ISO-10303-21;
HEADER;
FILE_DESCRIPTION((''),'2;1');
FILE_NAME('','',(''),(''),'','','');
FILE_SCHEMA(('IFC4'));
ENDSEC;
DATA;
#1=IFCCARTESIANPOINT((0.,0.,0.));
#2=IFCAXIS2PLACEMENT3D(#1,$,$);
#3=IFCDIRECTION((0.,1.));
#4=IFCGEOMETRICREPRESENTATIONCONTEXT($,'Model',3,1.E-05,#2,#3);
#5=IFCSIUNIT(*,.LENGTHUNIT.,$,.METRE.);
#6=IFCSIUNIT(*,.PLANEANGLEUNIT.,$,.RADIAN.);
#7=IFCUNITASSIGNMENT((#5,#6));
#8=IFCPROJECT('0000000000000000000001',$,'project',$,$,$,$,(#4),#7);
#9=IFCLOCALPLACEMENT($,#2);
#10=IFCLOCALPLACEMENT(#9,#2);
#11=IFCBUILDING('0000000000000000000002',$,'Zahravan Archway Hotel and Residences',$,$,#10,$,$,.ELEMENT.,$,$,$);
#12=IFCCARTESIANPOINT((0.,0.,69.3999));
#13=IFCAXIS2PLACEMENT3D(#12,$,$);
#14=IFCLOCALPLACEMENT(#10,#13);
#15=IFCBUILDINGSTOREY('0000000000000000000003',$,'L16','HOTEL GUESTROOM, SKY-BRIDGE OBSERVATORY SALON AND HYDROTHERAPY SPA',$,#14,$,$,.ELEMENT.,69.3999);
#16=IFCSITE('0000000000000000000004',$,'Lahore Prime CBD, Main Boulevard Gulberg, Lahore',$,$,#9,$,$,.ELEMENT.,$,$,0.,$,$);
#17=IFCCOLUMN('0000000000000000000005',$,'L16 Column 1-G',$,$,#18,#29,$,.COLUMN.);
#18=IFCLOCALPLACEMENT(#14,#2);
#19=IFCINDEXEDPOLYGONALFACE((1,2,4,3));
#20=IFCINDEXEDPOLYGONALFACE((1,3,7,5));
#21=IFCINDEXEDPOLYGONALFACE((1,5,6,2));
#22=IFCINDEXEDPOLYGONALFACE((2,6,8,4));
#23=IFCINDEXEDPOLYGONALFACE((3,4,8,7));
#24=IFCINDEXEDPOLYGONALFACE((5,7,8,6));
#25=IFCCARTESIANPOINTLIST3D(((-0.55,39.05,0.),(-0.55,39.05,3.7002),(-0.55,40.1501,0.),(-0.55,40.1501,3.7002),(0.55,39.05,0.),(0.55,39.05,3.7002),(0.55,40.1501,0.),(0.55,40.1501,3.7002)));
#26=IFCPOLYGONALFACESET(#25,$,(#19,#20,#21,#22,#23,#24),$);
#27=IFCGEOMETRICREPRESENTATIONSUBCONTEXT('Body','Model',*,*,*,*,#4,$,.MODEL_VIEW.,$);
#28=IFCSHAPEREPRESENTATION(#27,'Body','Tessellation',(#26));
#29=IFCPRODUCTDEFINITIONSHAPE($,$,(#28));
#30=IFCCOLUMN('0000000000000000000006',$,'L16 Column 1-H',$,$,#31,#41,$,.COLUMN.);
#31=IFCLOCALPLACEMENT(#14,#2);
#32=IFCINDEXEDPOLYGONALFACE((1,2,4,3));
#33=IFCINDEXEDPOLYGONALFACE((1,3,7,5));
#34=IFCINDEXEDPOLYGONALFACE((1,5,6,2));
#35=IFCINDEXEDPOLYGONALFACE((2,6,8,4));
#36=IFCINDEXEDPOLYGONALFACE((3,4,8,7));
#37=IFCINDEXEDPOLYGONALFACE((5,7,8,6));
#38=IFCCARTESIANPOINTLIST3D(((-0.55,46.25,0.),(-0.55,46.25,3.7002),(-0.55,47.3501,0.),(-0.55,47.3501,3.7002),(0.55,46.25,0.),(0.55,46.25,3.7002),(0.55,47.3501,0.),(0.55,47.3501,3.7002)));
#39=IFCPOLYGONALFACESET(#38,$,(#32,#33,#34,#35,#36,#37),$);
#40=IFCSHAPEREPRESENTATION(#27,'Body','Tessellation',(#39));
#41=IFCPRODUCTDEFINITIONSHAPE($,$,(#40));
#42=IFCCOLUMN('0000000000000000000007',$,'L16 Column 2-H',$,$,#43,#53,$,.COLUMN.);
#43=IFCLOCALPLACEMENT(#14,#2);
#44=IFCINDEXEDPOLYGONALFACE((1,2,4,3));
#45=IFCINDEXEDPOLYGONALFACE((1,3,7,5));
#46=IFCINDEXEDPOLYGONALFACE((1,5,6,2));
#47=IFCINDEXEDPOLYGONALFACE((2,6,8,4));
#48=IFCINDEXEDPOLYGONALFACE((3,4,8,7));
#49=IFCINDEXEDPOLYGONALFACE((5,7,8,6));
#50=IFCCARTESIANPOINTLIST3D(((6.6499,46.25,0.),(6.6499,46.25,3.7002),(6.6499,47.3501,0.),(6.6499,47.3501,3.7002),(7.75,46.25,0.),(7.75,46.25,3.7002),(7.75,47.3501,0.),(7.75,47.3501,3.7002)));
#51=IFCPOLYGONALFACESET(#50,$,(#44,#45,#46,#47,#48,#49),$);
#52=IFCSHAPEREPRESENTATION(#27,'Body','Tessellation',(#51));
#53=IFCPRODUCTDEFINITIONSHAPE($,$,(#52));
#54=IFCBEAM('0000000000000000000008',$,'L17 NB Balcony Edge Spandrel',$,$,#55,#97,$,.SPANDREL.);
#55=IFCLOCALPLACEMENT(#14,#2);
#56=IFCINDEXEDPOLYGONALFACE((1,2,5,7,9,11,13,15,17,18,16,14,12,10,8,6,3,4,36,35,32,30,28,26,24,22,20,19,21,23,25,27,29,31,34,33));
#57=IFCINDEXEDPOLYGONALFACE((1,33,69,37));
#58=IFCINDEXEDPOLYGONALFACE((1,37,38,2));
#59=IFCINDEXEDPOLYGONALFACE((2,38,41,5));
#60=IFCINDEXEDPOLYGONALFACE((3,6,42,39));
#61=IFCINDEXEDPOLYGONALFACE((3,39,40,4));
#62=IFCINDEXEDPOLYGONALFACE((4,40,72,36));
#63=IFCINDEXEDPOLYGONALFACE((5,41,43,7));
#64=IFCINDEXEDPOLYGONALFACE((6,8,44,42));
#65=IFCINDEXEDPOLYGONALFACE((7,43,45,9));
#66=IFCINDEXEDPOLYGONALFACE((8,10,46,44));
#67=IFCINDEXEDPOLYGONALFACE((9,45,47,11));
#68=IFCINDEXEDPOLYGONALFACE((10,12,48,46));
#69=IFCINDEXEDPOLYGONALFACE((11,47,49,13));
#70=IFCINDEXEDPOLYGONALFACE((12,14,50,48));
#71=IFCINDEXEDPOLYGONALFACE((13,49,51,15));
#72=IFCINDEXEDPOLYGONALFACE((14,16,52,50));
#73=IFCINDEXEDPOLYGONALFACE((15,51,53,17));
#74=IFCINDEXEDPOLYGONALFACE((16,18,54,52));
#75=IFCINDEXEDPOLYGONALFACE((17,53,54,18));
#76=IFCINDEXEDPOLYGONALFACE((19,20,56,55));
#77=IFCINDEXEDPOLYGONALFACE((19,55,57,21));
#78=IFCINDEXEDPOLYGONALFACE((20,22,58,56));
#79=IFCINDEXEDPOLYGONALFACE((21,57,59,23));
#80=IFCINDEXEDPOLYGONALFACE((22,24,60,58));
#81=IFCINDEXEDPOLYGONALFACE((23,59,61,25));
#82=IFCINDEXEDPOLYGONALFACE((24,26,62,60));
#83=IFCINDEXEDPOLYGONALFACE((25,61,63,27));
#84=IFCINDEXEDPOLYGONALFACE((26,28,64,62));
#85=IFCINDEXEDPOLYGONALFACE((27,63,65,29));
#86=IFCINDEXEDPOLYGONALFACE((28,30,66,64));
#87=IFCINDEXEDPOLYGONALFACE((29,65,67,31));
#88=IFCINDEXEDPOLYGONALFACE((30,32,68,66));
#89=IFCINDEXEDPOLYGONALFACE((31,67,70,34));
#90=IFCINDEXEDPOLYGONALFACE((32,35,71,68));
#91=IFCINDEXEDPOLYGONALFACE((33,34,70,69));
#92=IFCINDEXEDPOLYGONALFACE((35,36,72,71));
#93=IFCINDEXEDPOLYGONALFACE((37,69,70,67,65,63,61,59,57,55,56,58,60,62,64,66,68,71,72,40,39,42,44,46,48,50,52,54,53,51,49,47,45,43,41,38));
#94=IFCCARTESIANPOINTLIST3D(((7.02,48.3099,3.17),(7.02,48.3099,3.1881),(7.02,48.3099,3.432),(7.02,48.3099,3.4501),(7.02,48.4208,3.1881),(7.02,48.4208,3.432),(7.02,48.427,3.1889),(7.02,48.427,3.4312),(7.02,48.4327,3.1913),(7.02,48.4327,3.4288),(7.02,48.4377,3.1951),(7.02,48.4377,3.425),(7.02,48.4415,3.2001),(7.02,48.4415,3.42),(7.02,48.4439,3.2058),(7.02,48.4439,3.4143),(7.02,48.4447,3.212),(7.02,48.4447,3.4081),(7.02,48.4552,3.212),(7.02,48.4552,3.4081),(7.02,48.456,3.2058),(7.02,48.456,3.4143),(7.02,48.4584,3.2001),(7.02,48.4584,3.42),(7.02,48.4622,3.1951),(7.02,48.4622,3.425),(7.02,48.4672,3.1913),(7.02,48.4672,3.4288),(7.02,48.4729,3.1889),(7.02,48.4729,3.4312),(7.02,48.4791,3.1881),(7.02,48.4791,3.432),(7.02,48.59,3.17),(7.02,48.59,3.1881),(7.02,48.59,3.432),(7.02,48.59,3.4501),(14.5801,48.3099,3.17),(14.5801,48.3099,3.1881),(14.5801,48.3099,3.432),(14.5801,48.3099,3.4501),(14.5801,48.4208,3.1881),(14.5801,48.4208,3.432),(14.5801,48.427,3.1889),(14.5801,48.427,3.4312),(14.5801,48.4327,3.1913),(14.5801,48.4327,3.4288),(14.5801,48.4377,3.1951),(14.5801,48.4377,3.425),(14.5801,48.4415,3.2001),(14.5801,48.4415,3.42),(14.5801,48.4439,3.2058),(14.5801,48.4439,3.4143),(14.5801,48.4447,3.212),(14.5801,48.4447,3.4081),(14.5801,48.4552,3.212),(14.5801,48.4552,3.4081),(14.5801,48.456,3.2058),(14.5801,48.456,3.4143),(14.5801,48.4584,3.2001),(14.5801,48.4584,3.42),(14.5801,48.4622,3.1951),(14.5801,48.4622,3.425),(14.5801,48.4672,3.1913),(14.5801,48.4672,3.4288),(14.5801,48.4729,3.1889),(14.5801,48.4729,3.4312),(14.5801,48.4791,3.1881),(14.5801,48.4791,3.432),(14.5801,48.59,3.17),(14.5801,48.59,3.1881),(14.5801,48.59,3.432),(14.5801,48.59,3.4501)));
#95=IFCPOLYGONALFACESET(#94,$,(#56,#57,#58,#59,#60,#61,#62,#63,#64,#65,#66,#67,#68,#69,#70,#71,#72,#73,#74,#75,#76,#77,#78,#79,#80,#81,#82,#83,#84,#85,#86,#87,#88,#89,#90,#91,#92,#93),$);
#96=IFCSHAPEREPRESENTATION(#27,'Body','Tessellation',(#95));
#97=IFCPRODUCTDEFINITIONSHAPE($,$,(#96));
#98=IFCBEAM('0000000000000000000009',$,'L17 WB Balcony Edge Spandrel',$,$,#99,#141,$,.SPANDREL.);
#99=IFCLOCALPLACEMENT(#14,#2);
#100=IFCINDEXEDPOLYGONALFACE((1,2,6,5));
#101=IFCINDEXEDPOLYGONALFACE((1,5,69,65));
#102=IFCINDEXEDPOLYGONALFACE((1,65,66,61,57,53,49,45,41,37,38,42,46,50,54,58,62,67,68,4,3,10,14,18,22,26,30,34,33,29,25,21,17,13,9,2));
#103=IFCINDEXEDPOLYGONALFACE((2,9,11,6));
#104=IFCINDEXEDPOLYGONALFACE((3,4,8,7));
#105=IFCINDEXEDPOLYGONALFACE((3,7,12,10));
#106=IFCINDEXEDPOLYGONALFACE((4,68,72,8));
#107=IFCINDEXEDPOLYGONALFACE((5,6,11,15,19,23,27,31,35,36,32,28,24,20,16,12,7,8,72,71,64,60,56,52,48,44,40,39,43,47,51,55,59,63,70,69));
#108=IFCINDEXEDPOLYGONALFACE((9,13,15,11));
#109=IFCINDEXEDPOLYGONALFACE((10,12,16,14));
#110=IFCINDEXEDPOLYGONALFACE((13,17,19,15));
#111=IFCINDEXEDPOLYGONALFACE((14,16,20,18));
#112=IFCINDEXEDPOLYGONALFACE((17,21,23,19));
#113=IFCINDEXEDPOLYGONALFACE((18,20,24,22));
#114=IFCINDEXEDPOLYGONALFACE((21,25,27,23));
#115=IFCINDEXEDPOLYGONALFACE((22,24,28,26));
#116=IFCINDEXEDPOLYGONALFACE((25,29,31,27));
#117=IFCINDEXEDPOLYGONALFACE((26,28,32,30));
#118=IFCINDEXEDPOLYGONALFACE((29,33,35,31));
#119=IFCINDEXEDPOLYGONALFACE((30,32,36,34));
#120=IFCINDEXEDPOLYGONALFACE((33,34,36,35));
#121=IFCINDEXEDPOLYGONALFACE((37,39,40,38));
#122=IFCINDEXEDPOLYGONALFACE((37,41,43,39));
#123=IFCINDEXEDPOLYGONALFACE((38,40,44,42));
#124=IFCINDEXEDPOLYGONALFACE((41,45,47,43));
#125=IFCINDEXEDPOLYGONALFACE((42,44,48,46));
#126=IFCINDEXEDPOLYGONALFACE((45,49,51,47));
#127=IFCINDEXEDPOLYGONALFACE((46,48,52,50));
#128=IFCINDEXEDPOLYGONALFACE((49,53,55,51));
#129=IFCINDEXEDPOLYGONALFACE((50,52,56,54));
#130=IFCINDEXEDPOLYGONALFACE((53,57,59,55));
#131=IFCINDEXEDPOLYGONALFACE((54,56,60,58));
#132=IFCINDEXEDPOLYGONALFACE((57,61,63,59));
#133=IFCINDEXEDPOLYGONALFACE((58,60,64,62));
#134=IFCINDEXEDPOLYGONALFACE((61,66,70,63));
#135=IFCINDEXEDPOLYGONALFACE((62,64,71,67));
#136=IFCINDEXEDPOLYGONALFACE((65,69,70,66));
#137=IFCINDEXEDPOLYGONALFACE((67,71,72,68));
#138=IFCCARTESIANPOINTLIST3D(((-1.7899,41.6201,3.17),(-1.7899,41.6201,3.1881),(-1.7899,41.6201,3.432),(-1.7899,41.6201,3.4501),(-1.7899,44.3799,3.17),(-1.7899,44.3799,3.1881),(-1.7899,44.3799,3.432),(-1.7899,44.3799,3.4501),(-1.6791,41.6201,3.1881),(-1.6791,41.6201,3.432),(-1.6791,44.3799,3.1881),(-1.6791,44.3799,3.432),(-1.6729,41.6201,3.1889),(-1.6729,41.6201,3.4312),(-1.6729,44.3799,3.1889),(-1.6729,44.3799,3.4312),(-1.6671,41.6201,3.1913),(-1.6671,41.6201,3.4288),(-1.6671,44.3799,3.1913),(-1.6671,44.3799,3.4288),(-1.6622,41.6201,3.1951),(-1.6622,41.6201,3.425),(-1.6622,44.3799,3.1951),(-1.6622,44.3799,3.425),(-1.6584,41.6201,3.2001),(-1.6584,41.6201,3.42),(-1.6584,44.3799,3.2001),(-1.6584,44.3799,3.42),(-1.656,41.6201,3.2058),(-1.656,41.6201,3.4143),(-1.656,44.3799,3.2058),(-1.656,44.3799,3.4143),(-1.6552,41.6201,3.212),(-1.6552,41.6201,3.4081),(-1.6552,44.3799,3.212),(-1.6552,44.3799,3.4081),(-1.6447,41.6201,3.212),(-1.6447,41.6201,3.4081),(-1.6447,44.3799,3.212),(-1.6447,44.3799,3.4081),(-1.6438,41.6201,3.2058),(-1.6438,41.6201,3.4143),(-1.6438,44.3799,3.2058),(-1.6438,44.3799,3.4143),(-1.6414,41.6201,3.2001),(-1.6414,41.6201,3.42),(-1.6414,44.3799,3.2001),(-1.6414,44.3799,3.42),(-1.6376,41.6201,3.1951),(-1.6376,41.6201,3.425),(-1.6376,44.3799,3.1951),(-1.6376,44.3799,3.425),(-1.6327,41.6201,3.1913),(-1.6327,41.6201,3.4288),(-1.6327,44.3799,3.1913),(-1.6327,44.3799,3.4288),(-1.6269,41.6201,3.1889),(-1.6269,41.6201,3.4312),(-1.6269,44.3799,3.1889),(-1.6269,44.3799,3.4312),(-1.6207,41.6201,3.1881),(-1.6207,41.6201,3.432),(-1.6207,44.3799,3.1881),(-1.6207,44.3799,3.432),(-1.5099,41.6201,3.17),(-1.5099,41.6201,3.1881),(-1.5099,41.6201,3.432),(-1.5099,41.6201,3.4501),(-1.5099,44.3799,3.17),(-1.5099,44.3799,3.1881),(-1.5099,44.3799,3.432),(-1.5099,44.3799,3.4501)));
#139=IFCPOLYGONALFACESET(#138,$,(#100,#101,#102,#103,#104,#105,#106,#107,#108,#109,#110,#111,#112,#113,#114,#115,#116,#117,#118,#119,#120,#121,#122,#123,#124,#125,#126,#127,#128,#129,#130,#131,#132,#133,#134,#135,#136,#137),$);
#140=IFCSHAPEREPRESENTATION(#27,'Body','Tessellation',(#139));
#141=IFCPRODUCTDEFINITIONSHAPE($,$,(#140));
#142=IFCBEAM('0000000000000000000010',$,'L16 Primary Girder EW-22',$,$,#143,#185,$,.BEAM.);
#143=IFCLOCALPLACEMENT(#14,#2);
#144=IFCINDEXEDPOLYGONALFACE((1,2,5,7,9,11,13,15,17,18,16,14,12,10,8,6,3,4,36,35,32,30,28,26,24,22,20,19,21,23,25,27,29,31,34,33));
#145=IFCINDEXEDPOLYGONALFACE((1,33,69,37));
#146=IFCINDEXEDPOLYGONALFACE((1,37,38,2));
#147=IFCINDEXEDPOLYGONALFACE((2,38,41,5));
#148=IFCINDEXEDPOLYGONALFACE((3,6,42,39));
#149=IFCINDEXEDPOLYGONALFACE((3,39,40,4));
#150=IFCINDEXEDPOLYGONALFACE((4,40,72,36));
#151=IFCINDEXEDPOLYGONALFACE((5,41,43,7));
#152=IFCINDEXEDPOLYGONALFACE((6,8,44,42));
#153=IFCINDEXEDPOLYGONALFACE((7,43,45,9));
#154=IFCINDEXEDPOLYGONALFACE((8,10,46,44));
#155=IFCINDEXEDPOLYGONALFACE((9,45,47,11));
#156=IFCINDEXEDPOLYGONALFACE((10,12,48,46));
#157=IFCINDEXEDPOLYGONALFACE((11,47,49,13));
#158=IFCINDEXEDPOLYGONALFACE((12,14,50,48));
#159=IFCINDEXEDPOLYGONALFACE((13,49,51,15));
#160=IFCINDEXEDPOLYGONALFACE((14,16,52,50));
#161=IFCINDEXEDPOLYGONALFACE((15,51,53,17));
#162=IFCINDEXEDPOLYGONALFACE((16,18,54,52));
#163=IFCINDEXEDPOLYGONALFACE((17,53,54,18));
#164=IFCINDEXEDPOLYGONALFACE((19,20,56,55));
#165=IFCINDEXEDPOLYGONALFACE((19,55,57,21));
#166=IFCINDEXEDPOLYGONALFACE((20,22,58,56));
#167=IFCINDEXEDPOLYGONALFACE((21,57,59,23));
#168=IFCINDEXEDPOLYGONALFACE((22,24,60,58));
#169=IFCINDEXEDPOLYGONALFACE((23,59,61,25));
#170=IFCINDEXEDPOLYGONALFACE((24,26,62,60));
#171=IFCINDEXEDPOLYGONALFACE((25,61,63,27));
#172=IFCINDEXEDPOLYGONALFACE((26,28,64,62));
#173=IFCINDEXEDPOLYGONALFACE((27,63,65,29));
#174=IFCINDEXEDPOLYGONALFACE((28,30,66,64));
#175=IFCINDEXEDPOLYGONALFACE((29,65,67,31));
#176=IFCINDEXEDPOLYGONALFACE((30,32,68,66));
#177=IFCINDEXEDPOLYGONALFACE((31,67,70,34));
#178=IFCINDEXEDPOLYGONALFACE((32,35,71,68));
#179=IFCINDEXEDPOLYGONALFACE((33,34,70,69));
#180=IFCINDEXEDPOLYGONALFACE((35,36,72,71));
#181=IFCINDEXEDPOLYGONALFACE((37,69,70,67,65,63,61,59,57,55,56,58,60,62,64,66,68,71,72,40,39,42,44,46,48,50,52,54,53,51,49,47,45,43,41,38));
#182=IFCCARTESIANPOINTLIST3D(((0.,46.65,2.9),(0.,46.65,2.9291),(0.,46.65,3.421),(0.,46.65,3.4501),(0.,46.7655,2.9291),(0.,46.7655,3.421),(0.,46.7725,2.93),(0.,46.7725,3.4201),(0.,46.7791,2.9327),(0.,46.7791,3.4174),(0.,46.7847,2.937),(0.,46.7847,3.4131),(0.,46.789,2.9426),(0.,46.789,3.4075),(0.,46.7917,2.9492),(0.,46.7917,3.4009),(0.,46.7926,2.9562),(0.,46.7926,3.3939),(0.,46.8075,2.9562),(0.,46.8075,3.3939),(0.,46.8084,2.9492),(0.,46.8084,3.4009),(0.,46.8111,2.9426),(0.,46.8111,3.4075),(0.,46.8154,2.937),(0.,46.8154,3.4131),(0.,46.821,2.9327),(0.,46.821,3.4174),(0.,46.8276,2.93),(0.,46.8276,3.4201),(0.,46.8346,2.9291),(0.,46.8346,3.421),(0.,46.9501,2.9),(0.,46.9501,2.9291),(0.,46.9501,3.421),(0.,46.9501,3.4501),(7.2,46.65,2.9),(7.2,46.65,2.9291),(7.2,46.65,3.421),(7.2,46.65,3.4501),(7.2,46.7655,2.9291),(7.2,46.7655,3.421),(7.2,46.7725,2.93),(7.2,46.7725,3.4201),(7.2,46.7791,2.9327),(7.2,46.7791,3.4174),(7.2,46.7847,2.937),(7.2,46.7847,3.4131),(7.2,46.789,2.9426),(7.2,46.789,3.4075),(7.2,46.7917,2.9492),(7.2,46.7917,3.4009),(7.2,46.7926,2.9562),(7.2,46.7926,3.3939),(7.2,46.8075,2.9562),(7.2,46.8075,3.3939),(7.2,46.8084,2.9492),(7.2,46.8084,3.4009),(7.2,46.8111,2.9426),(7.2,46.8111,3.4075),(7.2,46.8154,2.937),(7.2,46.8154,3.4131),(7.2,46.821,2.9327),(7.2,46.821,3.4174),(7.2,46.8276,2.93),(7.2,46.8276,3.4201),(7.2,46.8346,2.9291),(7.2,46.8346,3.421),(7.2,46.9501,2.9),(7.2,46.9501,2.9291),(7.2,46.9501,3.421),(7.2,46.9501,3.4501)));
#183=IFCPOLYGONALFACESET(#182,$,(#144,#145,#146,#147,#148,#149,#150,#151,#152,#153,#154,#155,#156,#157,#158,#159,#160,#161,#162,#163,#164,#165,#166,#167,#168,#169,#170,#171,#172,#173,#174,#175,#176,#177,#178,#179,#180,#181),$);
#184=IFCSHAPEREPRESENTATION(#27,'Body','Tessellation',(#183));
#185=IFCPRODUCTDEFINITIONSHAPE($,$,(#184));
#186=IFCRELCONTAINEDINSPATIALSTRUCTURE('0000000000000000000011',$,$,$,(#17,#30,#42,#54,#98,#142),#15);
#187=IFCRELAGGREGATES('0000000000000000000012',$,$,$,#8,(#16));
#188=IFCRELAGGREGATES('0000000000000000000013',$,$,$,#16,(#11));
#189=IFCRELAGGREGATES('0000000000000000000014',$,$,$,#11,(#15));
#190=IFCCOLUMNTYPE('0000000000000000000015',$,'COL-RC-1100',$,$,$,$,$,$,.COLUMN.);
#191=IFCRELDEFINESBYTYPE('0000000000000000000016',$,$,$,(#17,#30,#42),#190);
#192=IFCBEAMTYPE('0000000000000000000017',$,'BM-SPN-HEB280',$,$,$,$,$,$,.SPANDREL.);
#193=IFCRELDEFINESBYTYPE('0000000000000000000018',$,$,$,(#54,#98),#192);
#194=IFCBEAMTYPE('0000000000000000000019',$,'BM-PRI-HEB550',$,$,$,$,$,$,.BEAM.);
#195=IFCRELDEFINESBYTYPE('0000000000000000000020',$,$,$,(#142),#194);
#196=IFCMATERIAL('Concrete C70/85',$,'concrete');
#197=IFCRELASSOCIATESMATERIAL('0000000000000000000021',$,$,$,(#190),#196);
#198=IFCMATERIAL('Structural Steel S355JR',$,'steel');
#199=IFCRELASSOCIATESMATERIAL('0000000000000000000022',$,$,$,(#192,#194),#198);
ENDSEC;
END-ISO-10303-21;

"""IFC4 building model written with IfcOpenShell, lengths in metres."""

from ifc_helpers import new_model, si_unit, direction, frame, origin, origin_2d, place, context, subcontext, project, spatial, rectangle, i_section, extrude, source, transform, mapped, material, material_profile, profile_set, type_object, type_shapes, element, save


model = new_model("IFC4")

# Units and contexts
model_context = context("Model", 3, precision=1e-05, world=origin(), true_north=direction((0.0, 1.0)))
body_context = subcontext(model_context, "Body", "Model", "MODEL_VIEW")
ifc_project = project(units=[si_unit("LENGTHUNIT", "METRE"), si_unit("PLANEANGLEUNIT", "RADIAN")], contexts=[model_context])

# Site, building, storey
site_placement = place(None, origin())
site = spatial("IfcSite", under=ifc_project, at=site_placement, Name="Lahore Prime CBD, Main Boulevard Gulberg, Lahore", CompositionType="ELEMENT", RefElevation=0.0)
building_placement = place(site_placement, origin())
building = spatial("IfcBuilding", under=site, at=building_placement, Name="Zahravan Archway Hotel and Residences", CompositionType="ELEMENT")
storey_placement = place(building_placement, frame((0.0, 0.0, 69.3999)))
storey = spatial("IfcBuildingStorey", under=building, at=storey_placement, Name="L16", Description="HOTEL GUESTROOM, SKY-BRIDGE OBSERVATORY SALON AND HYDROTHERAPY SPA", CompositionType="ELEMENT", Elevation=69.3999)

# Columns
ifc_material_1 = material(Name="Concrete C70/85", Category="concrete")
ifc_material_profile_1 = material_profile(ifc_material_1, rectangle(XDim=1.1001, YDim=1.1001, at=origin_2d()), Name="RC 1100x1100", Category="concrete")
ifc_profile_set_1 = profile_set([ifc_material_profile_1], Name="Concrete C70/85")
column_type = type_object("IfcColumnType", Name="COL-RC-1100", PredefinedType="COLUMN", material=ifc_profile_set_1)
shared_shape_1 = source(origin(), body_context, "Body", "SweptSolid", [
    extrude(rectangle(XDim=1.1001, YDim=1.1001, at=origin_2d()), origin(), (0.0, 0.0, 1.0), 3.7002),
])
for number, where, z_axis, x_axis, name in (
    (1, (0.0, 39.6001, 0.0), (0.0, 0.0, 1.0), (1.0, 0.0, 0.0), "L16 Column 1-G"),
    (2, (0.0, 46.8, 0.0), (0.0, 0.0, 1.0), (1.0, 0.0, 0.0), "L16 Column 1-H"),
    (3, (7.2, 46.8, 0.0), (0.0, 0.0, 1.0), (1.0, 0.0, 0.0), "L16 Column 2-H"),
):
    element("IfcColumn", number, at=place(storey_placement, frame(where, z_axis=z_axis, x_axis=x_axis)), inside=storey, type_object=column_type, Name=name, PredefinedType="COLUMN", context=body_context, shape_type="MappedRepresentation", body=[
        mapped(shared_shape_1, transform((0.0, 0.0, 0.0), scale=1.0)),
    ])

# Beams
ifc_material_2 = material(Name="Structural Steel S355JR", Category="steel")
ifc_material_profile_2 = material_profile(ifc_material_2, i_section(OverallWidth=0.28, OverallDepth=0.28, WebThickness=0.0105, FlangeThickness=0.0181, FilletRadius=0.0239, at=origin_2d()), Name="HEB 280", Category="steel")
ifc_profile_set_2 = profile_set([ifc_material_profile_2], Name="Structural Steel S355JR")
beam_type_1 = type_object("IfcBeamType", Name="BM-SPN-HEB280", PredefinedType="SPANDREL", material=ifc_profile_set_2)
shared_shape_2 = source(origin(), body_context, "Body", "SweptSolid", [
    extrude(i_section(OverallWidth=0.28, OverallDepth=0.28, WebThickness=0.0105, FlangeThickness=0.0181, FilletRadius=0.0239, at=origin_2d()), origin(), (0.0, 0.0, 1.0), 7.5601),
])
type_shapes(beam_type_1, [shared_shape_2])
beam_1_placement = place(storey_placement, frame((7.02, 48.45, 3.3101), z_axis=(1.0, 0.0, 0.0), x_axis=(0.0, 1.0, 0.0)))
element("IfcBeam", 4, at=beam_1_placement, inside=storey, type_object=beam_type_1, Name="L17 NB Balcony Edge Spandrel", PredefinedType="SPANDREL", context=body_context, shape_type="MappedRepresentation", body=[
    mapped(shared_shape_2, transform((0.0, 0.0, 0.0), scale=1.0)),
])
shared_shape_3 = source(origin(), body_context, "Body", "SweptSolid", [
    extrude(i_section(OverallWidth=0.28, OverallDepth=0.28, WebThickness=0.0105, FlangeThickness=0.0181, FilletRadius=0.0239, at=origin_2d()), origin(), (0.0, 0.0, 1.0), 2.7598),
])
beam_2_placement = place(storey_placement, frame((-1.6499, 41.6201, 3.3101), z_axis=(0.0, 1.0, 0.0), x_axis=(-1.0, 0.0, 0.0)))
element("IfcBeam", 5, at=beam_2_placement, inside=storey, type_object=beam_type_1, Name="L17 WB Balcony Edge Spandrel", PredefinedType="SPANDREL", context=body_context, shape_type="MappedRepresentation", body=[
    mapped(shared_shape_3, transform((0.0, 0.0, 0.0), scale=1.0)),
])
ifc_material_profile_3 = material_profile(ifc_material_2, i_section(OverallWidth=0.3, OverallDepth=0.55, WebThickness=0.0149, FlangeThickness=0.0291, FilletRadius=0.0271, at=origin_2d()), Name="HEB 550", Category="steel")
ifc_profile_set_3 = profile_set([ifc_material_profile_3], Name="Structural Steel S355JR")
beam_type_2 = type_object("IfcBeamType", Name="BM-PRI-HEB550", PredefinedType="BEAM", material=ifc_profile_set_3)
shared_shape_4 = source(origin(), body_context, "Body", "SweptSolid", [
    extrude(i_section(OverallWidth=0.3, OverallDepth=0.55, WebThickness=0.0149, FlangeThickness=0.0291, FilletRadius=0.0271, at=origin_2d()), origin(), (0.0, 0.0, 1.0), 7.2),
])
for number, where, z_axis, x_axis, name in (
    (6, (0.0, 46.8, 3.175), (1.0, 0.0, 0.0), (0.0, 1.0, 0.0), "L16 Primary Girder EW-22"),
):
    element("IfcBeam", number, at=place(storey_placement, frame(where, z_axis=z_axis, x_axis=x_axis)), inside=storey, type_object=beam_type_2, Name=name, PredefinedType="BEAM", context=body_context, shape_type="MappedRepresentation", body=[
        mapped(shared_shape_4, transform((0.0, 0.0, 0.0), scale=1.0)),
    ])

save(model, "model.ifc")
